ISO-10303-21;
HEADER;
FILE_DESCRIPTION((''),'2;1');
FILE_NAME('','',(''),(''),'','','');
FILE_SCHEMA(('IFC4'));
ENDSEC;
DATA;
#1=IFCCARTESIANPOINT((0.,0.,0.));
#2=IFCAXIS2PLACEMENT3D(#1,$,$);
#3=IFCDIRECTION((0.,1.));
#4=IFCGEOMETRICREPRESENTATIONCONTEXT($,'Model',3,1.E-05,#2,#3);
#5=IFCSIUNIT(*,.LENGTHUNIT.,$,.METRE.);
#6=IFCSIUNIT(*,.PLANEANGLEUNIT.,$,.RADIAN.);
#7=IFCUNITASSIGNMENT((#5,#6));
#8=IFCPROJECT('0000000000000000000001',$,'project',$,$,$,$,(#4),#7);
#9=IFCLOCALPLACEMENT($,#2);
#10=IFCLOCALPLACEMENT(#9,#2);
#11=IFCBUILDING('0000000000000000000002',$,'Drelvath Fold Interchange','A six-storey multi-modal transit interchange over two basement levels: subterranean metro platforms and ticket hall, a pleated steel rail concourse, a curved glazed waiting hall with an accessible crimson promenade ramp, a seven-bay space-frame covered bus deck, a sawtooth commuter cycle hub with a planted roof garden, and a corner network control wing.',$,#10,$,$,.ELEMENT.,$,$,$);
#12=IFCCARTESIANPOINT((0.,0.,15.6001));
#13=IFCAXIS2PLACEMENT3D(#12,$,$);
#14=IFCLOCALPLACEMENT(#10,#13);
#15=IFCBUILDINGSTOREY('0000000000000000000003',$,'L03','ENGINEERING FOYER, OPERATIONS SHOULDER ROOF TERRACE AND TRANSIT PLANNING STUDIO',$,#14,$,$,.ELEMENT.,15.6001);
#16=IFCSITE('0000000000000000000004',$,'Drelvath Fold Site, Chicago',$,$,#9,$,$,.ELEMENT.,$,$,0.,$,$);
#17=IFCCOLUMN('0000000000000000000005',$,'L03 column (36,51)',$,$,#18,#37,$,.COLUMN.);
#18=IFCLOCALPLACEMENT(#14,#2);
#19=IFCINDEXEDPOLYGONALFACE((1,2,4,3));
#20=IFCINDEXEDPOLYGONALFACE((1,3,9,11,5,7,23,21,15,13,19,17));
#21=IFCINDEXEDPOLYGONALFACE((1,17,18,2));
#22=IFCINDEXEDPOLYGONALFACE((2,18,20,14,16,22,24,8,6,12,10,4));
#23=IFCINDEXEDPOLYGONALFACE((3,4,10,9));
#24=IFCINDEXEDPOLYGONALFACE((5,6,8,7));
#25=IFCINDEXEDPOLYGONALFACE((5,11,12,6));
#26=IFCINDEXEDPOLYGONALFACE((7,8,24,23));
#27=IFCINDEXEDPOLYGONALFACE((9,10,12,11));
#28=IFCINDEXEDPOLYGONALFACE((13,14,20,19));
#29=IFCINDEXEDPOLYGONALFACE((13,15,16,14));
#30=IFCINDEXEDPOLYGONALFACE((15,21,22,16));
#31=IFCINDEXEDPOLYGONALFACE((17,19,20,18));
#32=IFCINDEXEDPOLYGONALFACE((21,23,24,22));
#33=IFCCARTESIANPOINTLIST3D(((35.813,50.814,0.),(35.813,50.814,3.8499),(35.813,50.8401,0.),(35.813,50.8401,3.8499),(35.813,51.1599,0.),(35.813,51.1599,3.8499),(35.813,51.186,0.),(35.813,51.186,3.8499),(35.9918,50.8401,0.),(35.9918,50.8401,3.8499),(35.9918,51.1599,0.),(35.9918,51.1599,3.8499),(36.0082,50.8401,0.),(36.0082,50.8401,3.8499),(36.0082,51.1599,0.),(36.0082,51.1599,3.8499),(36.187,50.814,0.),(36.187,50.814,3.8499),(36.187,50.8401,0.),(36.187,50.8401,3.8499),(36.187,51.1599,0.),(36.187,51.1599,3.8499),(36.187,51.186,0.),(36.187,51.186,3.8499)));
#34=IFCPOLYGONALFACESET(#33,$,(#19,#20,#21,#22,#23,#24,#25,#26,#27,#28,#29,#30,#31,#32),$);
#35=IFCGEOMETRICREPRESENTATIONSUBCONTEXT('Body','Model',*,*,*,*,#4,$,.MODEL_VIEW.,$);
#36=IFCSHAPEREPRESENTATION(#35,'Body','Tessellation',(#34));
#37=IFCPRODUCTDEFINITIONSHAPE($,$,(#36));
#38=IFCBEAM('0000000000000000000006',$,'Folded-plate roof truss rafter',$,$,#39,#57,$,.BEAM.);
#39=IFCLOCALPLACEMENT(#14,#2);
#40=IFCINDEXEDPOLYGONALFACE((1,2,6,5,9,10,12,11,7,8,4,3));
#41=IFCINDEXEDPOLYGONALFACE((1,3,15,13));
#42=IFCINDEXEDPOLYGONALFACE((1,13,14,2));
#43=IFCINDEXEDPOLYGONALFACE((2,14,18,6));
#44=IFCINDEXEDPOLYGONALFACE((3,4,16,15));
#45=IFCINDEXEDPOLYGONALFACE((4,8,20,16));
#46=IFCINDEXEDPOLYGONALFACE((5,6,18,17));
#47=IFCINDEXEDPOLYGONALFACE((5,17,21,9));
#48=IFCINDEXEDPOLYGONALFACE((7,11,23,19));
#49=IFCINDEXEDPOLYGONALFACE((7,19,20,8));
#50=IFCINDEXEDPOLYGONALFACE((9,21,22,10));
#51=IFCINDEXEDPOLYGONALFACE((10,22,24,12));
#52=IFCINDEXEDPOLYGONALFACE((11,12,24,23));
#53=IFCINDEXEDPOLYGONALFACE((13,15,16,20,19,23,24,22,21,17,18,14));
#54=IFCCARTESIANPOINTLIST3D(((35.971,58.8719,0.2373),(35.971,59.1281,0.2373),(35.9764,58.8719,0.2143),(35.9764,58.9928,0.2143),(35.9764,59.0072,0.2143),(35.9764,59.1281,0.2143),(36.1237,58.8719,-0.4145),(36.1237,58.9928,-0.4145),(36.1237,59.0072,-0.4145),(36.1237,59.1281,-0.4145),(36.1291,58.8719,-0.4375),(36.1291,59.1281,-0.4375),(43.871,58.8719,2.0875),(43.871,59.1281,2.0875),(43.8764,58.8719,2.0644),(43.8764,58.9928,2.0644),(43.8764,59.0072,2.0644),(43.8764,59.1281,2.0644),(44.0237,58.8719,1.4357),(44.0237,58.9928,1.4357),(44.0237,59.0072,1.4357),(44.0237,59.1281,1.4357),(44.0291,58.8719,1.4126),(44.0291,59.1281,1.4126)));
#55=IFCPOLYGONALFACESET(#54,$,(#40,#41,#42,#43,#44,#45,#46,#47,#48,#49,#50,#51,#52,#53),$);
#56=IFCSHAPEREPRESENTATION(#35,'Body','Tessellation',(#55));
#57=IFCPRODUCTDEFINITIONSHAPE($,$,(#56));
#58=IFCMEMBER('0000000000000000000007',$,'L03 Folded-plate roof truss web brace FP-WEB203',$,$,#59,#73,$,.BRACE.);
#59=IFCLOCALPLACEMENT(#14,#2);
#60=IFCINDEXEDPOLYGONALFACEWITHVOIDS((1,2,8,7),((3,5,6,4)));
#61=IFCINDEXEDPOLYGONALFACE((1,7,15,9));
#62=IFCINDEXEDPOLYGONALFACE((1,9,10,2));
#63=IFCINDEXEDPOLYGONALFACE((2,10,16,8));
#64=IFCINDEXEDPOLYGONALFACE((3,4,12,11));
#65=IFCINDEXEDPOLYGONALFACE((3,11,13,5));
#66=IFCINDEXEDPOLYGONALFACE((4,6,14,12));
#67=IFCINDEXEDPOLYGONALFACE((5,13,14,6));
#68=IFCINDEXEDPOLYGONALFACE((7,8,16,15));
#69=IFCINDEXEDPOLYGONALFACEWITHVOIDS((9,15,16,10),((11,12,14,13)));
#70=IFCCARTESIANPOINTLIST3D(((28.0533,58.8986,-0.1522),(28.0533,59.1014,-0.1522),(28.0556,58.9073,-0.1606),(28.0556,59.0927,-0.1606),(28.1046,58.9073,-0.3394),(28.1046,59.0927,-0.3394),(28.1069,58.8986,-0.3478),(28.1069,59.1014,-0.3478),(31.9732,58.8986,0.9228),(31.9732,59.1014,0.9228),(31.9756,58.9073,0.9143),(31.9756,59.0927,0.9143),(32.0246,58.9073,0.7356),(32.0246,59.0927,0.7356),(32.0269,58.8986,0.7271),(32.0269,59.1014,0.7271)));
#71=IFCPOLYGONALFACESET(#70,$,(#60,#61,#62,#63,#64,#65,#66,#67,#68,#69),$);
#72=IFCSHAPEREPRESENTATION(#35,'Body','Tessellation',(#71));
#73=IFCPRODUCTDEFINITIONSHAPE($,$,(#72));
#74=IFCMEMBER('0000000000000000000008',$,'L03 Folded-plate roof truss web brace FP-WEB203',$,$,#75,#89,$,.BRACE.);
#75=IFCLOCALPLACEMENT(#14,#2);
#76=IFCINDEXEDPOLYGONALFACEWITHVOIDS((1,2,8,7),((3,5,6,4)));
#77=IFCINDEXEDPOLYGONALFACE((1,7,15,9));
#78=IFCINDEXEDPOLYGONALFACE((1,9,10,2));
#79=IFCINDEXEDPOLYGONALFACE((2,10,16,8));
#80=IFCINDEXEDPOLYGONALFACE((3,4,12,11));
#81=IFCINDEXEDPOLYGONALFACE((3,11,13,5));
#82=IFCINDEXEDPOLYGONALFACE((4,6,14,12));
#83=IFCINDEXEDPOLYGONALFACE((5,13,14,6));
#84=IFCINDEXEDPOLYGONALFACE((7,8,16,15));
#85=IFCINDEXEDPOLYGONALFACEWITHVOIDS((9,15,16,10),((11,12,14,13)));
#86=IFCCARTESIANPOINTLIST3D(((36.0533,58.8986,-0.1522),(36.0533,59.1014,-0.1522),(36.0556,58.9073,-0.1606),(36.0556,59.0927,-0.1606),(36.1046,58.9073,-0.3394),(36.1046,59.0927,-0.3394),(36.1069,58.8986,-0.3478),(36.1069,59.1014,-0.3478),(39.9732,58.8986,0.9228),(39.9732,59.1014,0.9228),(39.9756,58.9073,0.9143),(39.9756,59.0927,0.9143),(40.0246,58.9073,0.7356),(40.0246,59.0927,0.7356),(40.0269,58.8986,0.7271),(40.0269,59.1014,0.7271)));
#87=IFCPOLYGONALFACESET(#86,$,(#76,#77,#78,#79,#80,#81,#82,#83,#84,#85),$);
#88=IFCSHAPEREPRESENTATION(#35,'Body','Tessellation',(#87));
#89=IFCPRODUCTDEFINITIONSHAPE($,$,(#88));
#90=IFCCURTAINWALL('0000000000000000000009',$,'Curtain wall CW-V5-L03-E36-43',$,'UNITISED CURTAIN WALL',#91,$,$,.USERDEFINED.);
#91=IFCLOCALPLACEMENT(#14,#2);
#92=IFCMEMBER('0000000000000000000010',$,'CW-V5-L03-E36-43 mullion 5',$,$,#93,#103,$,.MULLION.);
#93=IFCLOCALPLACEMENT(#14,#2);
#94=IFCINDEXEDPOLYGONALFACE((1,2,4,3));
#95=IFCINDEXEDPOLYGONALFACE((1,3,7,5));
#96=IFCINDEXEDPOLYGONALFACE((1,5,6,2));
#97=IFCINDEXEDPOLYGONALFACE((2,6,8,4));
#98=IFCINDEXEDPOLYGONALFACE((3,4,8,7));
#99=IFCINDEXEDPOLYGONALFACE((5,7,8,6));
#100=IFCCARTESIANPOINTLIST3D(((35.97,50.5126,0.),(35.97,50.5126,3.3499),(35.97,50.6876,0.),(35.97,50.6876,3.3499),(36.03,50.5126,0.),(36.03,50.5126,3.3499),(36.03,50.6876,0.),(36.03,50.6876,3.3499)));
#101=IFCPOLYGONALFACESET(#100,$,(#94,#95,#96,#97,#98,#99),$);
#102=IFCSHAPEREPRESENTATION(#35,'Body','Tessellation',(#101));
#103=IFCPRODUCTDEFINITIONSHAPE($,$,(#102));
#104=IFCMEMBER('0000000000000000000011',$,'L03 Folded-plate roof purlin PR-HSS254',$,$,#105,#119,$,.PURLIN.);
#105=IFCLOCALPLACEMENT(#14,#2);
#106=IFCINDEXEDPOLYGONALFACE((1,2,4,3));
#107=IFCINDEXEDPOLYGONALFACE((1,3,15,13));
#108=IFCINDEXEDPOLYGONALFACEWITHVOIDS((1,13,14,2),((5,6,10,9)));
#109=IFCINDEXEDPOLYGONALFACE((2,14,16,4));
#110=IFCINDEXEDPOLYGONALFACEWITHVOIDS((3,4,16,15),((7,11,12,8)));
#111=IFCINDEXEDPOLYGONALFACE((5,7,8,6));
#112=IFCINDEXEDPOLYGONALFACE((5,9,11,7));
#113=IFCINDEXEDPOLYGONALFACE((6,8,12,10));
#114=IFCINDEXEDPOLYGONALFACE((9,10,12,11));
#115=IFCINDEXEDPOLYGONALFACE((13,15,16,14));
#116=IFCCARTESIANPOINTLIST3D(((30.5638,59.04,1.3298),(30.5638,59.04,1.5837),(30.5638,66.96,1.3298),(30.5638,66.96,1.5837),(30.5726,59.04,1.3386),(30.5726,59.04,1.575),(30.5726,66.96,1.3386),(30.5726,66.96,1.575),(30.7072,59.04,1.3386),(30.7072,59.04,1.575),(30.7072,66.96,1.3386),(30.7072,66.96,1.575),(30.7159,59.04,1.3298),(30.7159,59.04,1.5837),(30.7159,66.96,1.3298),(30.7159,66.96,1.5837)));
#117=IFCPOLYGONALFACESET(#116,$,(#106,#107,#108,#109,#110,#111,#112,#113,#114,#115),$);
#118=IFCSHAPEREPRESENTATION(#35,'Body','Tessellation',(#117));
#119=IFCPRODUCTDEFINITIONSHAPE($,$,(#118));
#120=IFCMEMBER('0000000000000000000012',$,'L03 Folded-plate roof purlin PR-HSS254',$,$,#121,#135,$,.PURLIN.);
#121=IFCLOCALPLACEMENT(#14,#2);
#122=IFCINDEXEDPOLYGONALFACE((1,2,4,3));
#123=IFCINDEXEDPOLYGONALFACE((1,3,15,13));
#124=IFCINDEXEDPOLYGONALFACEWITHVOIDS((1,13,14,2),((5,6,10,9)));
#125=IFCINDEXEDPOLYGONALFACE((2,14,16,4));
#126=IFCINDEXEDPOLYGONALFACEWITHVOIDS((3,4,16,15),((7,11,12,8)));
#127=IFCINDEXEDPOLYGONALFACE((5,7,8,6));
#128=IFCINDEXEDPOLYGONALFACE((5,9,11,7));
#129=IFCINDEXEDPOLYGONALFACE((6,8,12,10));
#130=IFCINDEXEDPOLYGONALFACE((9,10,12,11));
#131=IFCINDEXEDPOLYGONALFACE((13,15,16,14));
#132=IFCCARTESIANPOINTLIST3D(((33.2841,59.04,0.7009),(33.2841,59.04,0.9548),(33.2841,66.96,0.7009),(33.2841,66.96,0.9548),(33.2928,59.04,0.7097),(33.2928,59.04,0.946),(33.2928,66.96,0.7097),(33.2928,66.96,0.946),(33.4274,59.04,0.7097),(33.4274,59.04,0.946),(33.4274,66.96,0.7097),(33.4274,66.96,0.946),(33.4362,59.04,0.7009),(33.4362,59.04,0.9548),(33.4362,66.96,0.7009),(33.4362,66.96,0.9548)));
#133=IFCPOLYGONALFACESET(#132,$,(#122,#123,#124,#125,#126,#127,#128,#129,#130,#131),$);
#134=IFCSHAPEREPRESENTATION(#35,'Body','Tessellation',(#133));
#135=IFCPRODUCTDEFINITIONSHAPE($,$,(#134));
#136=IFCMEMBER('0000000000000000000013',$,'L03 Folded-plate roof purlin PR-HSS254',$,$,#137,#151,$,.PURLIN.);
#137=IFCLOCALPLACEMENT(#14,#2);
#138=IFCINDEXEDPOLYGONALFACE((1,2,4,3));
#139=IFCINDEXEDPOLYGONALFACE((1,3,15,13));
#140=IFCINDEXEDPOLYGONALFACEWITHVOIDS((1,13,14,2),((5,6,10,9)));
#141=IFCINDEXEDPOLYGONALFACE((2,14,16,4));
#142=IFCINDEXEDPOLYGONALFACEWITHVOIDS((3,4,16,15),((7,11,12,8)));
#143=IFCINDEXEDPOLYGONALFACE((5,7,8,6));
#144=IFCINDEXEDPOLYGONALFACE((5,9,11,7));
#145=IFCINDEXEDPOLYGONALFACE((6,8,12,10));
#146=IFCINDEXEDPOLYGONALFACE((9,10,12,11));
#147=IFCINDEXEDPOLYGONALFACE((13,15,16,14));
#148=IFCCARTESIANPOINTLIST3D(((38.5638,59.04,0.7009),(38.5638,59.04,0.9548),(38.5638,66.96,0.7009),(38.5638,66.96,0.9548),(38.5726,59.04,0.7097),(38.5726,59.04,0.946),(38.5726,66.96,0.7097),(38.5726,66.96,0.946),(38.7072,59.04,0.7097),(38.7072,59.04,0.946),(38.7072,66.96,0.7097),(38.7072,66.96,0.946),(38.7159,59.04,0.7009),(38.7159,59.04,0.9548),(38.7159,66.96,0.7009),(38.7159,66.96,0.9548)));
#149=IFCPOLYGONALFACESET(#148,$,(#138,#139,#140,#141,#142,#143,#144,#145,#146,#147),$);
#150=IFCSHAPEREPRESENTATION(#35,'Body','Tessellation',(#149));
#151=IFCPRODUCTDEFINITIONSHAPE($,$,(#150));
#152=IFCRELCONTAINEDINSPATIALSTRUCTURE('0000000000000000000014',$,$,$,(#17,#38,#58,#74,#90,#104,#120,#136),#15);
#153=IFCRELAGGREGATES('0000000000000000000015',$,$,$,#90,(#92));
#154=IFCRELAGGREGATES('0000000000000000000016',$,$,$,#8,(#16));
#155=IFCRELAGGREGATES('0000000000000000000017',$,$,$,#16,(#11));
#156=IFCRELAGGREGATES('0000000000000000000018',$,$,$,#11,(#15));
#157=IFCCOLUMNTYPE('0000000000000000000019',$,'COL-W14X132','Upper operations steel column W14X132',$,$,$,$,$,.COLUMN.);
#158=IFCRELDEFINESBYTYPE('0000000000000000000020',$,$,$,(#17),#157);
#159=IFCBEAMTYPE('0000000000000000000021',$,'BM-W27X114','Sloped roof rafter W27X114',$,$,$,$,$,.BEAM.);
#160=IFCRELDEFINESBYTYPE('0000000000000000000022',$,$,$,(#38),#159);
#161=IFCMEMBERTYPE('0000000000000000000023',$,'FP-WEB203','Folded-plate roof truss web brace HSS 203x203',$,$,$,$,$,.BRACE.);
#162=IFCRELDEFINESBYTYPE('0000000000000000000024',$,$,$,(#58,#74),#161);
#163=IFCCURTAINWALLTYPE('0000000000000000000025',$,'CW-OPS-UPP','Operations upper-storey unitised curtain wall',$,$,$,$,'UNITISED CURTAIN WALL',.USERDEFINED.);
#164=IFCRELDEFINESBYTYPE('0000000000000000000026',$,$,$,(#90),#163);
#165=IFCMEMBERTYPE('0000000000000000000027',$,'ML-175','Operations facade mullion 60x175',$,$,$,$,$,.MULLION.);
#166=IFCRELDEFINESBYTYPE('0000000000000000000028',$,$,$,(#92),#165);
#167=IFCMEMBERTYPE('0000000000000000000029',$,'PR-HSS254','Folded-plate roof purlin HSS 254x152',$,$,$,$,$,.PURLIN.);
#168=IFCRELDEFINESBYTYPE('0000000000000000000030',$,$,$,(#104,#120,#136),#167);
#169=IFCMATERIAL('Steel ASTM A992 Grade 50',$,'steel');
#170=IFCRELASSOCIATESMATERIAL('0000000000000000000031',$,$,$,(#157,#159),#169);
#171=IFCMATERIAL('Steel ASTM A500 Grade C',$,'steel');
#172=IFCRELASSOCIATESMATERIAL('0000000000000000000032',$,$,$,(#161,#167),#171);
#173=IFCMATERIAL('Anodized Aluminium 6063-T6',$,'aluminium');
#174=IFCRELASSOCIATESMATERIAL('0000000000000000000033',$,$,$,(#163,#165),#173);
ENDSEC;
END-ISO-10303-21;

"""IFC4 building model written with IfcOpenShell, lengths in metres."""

from ifc_helpers import new_model, si_unit, direction, frame, origin, origin_2d, place, context, subcontext, project, spatial, rectangle, hollow_rectangle, i_section, extrude, material, material_profile, profile_set, type_object, element, aggregate, save


model = new_model("IFC4")

# Units and contexts
model_context = context("Model", 3, precision=1e-05, world=origin(), true_north=direction((0.0, 1.0)))
body_context = subcontext(model_context, "Body", "Model", "MODEL_VIEW")
ifc_project = project(units=[si_unit("LENGTHUNIT", "METRE"), si_unit("PLANEANGLEUNIT", "RADIAN")], contexts=[model_context])

# Site, building, storey
site_placement = place(None, origin())
site = spatial("IfcSite", under=ifc_project, at=site_placement, Name="Drelvath Fold Site, Chicago", CompositionType="ELEMENT", RefElevation=0.0)
building_placement = place(site_placement, origin())
building = spatial("IfcBuilding", under=site, at=building_placement, Name="Drelvath Fold Interchange", Description="A six-storey multi-modal transit interchange over two basement levels: subterranean metro platforms and ticket hall, a pleated steel rail concourse, a curved glazed waiting hall with an accessible crimson promenade ramp, a seven-bay space-frame covered bus deck, a sawtooth commuter cycle hub with a planted roof garden, and a corner network control wing.", CompositionType="ELEMENT")
storey_placement = place(building_placement, frame((0.0, 0.0, 15.6001)))
storey = spatial("IfcBuildingStorey", under=building, at=storey_placement, Name="L03", Description="ENGINEERING FOYER, OPERATIONS SHOULDER ROOF TERRACE AND TRANSIT PLANNING STUDIO", CompositionType="ELEMENT", Elevation=15.6001)

# Column
ifc_material_1 = material(Name="Steel ASTM A992 Grade 50", Category="steel")
ifc_material_profile_1 = material_profile(ifc_material_1, i_section(OverallWidth=0.374, OverallDepth=0.3721, WebThickness=0.0164, FlangeThickness=0.0261, at=origin_2d()), Name="W14X132")
ifc_profile_set_1 = profile_set([ifc_material_profile_1], Name="Steel ASTM A992 Grade 50")
column_type = type_object("IfcColumnType", Name="COL-W14X132", Description="Upper operations steel column W14X132", PredefinedType="COLUMN", material=ifc_profile_set_1)
column_placement = place(storey_placement, frame((36.0, 51.0, 0.0), z_axis=(0.0, 0.0, 1.0), x_axis=(1.0, 0.0, 0.0)))
element("IfcColumn", 1, at=column_placement, inside=storey, type_object=column_type, Name="L03 column (36,51)", PredefinedType="COLUMN", context=body_context, shape_type="SweptSolid", body=[
    extrude(i_section(OverallWidth=0.374, OverallDepth=0.3721, WebThickness=0.0164, FlangeThickness=0.0261, at=origin_2d()), origin(), (0.0, 0.0, 1.0), 3.8499),
])

# Beam
ifc_material_profile_2 = material_profile(ifc_material_1, i_section(OverallWidth=0.2561, OverallDepth=0.6931, WebThickness=0.0144, FlangeThickness=0.0237, at=origin_2d()), Name="W27X114")
ifc_profile_set_2 = profile_set([ifc_material_profile_2], Name="Steel ASTM A992 Grade 50")
beam_type = type_object("IfcBeamType", Name="BM-W27X114", Description="Sloped roof rafter W27X114", PredefinedType="BEAM", material=ifc_profile_set_2)
beam_placement = place(storey_placement, frame((36.05, 59.0, -0.1001), z_axis=(0.973656, 0.0, 0.228023), x_axis=(0.0, 1.0, 0.0)))
element("IfcBeam", 2, at=beam_placement, inside=storey, type_object=beam_type, Name="Folded-plate roof truss rafter", PredefinedType="BEAM", context=body_context, shape_type="SweptSolid", body=[
    extrude(i_section(OverallWidth=0.2561, OverallDepth=0.6931, WebThickness=0.0144, FlangeThickness=0.0237, at=origin_2d()), origin(), (0.0, 0.0, 1.0), 8.1138),
])

# Members
ifc_material_2 = material(Name="Steel ASTM A500 Grade C", Category="steel")
ifc_material_profile_3 = material_profile(ifc_material_2, hollow_rectangle(XDim=0.2029, YDim=0.2029, WallThickness=0.0088, at=origin_2d()), Name="HSS8X8X3/8")
ifc_profile_set_3 = profile_set([ifc_material_profile_3], Name="Steel ASTM A500 Grade C")
member_type_1 = type_object("IfcMemberType", Name="FP-WEB203", Description="Folded-plate roof truss web brace HSS 203x203", PredefinedType="BRACE", material=ifc_profile_set_3)
for number, where, z_axis, x_axis, name in (
    (3, (28.0801, 59.0, -0.25), (0.964396, 0.0, 0.264464), (0.0, 1.0, 0.0), "L03 Folded-plate roof truss web brace FP-WEB203"),
    (4, (36.0801, 59.0, -0.25), (0.964396, 0.0, 0.264464), (0.0, 1.0, 0.0), "L03 Folded-plate roof truss web brace FP-WEB203"),
):
    element("IfcMember", number, at=place(storey_placement, frame(where, z_axis=z_axis, x_axis=x_axis)), inside=storey, type_object=member_type_1, Name=name, PredefinedType="BRACE", context=body_context, shape_type="SweptSolid", body=[
        extrude(hollow_rectangle(XDim=0.2029, YDim=0.2029, WallThickness=0.0088, at=origin_2d()), origin(), (0.0, 0.0, 1.0), 4.0647),
    ])

# Curtain wall, member
ifc_material_3 = material(Name="Anodized Aluminium 6063-T6", Category="aluminium")
curtain_wall_type = type_object("IfcCurtainWallType", Name="CW-OPS-UPP", Description="Operations upper-storey unitised curtain wall", ElementType="UNITISED CURTAIN WALL", PredefinedType="USERDEFINED", material=ifc_material_3)
curtain_wall_placement = place(storey_placement, origin())
curtain_wall = element("IfcCurtainWall", 5, at=curtain_wall_placement, inside=storey, type_object=curtain_wall_type, Name="Curtain wall CW-V5-L03-E36-43", ObjectType="UNITISED CURTAIN WALL", PredefinedType="USERDEFINED")
ifc_material_profile_4 = material_profile(ifc_material_3, rectangle(XDim=0.0601, YDim=0.175, at=origin_2d()), Name="AL-M 60x175")
ifc_profile_set_4 = profile_set([ifc_material_profile_4], Name="Anodized Aluminium 6063-T6")
member_type_2 = type_object("IfcMemberType", Name="ML-175", Description="Operations facade mullion 60x175", PredefinedType="MULLION", material=ifc_profile_set_4)
member_placement = place(storey_placement, frame((36.0, 50.6001, 0.0), z_axis=(0.0, 0.0, 1.0), x_axis=(1.0, 0.0, 0.0)))
member = element("IfcMember", 6, at=member_placement, type_object=member_type_2, Name="CW-V5-L03-E36-43 mullion 5", PredefinedType="MULLION", context=body_context, shape_type="SweptSolid", body=[
    extrude(rectangle(XDim=0.0601, YDim=0.175, at=origin_2d()), origin(), (0.0, 0.0, 1.0), 3.3499),
])
aggregate(curtain_wall, [member])

# Members
ifc_material_profile_5 = material_profile(ifc_material_2, hollow_rectangle(XDim=0.1521, YDim=0.2539, WallThickness=0.0088, at=origin_2d()), Name="HSS10X6X3/8")
ifc_profile_set_5 = profile_set([ifc_material_profile_5], Name="Steel ASTM A500 Grade C")
member_type_3 = type_object("IfcMemberType", Name="PR-HSS254", Description="Folded-plate roof purlin HSS 254x152", PredefinedType="PURLIN", material=ifc_profile_set_5)
for number, where, z_axis, x_axis, name in (
    (7, (30.6399, 59.04, 1.4568), (0.0, 1.0, 0.0), (-1.0, 0.0, 0.0), "L03 Folded-plate roof purlin PR-HSS254"),
    (8, (33.3601, 59.04, 0.8279), (0.0, 1.0, 0.0), (-1.0, 0.0, 0.0), "L03 Folded-plate roof purlin PR-HSS254"),
    (9, (38.6399, 59.04, 0.8279), (0.0, 1.0, 0.0), (-1.0, 0.0, 0.0), "L03 Folded-plate roof purlin PR-HSS254"),
):
    element("IfcMember", number, at=place(storey_placement, frame(where, z_axis=z_axis, x_axis=x_axis)), inside=storey, type_object=member_type_3, Name=name, PredefinedType="PURLIN", context=body_context, shape_type="SweptSolid", body=[
        extrude(hollow_rectangle(XDim=0.1521, YDim=0.2539, WallThickness=0.0088, at=origin_2d()), origin(), (0.0, 0.0, 1.0), 7.9199),
    ])

save(model, "model.ifc")
